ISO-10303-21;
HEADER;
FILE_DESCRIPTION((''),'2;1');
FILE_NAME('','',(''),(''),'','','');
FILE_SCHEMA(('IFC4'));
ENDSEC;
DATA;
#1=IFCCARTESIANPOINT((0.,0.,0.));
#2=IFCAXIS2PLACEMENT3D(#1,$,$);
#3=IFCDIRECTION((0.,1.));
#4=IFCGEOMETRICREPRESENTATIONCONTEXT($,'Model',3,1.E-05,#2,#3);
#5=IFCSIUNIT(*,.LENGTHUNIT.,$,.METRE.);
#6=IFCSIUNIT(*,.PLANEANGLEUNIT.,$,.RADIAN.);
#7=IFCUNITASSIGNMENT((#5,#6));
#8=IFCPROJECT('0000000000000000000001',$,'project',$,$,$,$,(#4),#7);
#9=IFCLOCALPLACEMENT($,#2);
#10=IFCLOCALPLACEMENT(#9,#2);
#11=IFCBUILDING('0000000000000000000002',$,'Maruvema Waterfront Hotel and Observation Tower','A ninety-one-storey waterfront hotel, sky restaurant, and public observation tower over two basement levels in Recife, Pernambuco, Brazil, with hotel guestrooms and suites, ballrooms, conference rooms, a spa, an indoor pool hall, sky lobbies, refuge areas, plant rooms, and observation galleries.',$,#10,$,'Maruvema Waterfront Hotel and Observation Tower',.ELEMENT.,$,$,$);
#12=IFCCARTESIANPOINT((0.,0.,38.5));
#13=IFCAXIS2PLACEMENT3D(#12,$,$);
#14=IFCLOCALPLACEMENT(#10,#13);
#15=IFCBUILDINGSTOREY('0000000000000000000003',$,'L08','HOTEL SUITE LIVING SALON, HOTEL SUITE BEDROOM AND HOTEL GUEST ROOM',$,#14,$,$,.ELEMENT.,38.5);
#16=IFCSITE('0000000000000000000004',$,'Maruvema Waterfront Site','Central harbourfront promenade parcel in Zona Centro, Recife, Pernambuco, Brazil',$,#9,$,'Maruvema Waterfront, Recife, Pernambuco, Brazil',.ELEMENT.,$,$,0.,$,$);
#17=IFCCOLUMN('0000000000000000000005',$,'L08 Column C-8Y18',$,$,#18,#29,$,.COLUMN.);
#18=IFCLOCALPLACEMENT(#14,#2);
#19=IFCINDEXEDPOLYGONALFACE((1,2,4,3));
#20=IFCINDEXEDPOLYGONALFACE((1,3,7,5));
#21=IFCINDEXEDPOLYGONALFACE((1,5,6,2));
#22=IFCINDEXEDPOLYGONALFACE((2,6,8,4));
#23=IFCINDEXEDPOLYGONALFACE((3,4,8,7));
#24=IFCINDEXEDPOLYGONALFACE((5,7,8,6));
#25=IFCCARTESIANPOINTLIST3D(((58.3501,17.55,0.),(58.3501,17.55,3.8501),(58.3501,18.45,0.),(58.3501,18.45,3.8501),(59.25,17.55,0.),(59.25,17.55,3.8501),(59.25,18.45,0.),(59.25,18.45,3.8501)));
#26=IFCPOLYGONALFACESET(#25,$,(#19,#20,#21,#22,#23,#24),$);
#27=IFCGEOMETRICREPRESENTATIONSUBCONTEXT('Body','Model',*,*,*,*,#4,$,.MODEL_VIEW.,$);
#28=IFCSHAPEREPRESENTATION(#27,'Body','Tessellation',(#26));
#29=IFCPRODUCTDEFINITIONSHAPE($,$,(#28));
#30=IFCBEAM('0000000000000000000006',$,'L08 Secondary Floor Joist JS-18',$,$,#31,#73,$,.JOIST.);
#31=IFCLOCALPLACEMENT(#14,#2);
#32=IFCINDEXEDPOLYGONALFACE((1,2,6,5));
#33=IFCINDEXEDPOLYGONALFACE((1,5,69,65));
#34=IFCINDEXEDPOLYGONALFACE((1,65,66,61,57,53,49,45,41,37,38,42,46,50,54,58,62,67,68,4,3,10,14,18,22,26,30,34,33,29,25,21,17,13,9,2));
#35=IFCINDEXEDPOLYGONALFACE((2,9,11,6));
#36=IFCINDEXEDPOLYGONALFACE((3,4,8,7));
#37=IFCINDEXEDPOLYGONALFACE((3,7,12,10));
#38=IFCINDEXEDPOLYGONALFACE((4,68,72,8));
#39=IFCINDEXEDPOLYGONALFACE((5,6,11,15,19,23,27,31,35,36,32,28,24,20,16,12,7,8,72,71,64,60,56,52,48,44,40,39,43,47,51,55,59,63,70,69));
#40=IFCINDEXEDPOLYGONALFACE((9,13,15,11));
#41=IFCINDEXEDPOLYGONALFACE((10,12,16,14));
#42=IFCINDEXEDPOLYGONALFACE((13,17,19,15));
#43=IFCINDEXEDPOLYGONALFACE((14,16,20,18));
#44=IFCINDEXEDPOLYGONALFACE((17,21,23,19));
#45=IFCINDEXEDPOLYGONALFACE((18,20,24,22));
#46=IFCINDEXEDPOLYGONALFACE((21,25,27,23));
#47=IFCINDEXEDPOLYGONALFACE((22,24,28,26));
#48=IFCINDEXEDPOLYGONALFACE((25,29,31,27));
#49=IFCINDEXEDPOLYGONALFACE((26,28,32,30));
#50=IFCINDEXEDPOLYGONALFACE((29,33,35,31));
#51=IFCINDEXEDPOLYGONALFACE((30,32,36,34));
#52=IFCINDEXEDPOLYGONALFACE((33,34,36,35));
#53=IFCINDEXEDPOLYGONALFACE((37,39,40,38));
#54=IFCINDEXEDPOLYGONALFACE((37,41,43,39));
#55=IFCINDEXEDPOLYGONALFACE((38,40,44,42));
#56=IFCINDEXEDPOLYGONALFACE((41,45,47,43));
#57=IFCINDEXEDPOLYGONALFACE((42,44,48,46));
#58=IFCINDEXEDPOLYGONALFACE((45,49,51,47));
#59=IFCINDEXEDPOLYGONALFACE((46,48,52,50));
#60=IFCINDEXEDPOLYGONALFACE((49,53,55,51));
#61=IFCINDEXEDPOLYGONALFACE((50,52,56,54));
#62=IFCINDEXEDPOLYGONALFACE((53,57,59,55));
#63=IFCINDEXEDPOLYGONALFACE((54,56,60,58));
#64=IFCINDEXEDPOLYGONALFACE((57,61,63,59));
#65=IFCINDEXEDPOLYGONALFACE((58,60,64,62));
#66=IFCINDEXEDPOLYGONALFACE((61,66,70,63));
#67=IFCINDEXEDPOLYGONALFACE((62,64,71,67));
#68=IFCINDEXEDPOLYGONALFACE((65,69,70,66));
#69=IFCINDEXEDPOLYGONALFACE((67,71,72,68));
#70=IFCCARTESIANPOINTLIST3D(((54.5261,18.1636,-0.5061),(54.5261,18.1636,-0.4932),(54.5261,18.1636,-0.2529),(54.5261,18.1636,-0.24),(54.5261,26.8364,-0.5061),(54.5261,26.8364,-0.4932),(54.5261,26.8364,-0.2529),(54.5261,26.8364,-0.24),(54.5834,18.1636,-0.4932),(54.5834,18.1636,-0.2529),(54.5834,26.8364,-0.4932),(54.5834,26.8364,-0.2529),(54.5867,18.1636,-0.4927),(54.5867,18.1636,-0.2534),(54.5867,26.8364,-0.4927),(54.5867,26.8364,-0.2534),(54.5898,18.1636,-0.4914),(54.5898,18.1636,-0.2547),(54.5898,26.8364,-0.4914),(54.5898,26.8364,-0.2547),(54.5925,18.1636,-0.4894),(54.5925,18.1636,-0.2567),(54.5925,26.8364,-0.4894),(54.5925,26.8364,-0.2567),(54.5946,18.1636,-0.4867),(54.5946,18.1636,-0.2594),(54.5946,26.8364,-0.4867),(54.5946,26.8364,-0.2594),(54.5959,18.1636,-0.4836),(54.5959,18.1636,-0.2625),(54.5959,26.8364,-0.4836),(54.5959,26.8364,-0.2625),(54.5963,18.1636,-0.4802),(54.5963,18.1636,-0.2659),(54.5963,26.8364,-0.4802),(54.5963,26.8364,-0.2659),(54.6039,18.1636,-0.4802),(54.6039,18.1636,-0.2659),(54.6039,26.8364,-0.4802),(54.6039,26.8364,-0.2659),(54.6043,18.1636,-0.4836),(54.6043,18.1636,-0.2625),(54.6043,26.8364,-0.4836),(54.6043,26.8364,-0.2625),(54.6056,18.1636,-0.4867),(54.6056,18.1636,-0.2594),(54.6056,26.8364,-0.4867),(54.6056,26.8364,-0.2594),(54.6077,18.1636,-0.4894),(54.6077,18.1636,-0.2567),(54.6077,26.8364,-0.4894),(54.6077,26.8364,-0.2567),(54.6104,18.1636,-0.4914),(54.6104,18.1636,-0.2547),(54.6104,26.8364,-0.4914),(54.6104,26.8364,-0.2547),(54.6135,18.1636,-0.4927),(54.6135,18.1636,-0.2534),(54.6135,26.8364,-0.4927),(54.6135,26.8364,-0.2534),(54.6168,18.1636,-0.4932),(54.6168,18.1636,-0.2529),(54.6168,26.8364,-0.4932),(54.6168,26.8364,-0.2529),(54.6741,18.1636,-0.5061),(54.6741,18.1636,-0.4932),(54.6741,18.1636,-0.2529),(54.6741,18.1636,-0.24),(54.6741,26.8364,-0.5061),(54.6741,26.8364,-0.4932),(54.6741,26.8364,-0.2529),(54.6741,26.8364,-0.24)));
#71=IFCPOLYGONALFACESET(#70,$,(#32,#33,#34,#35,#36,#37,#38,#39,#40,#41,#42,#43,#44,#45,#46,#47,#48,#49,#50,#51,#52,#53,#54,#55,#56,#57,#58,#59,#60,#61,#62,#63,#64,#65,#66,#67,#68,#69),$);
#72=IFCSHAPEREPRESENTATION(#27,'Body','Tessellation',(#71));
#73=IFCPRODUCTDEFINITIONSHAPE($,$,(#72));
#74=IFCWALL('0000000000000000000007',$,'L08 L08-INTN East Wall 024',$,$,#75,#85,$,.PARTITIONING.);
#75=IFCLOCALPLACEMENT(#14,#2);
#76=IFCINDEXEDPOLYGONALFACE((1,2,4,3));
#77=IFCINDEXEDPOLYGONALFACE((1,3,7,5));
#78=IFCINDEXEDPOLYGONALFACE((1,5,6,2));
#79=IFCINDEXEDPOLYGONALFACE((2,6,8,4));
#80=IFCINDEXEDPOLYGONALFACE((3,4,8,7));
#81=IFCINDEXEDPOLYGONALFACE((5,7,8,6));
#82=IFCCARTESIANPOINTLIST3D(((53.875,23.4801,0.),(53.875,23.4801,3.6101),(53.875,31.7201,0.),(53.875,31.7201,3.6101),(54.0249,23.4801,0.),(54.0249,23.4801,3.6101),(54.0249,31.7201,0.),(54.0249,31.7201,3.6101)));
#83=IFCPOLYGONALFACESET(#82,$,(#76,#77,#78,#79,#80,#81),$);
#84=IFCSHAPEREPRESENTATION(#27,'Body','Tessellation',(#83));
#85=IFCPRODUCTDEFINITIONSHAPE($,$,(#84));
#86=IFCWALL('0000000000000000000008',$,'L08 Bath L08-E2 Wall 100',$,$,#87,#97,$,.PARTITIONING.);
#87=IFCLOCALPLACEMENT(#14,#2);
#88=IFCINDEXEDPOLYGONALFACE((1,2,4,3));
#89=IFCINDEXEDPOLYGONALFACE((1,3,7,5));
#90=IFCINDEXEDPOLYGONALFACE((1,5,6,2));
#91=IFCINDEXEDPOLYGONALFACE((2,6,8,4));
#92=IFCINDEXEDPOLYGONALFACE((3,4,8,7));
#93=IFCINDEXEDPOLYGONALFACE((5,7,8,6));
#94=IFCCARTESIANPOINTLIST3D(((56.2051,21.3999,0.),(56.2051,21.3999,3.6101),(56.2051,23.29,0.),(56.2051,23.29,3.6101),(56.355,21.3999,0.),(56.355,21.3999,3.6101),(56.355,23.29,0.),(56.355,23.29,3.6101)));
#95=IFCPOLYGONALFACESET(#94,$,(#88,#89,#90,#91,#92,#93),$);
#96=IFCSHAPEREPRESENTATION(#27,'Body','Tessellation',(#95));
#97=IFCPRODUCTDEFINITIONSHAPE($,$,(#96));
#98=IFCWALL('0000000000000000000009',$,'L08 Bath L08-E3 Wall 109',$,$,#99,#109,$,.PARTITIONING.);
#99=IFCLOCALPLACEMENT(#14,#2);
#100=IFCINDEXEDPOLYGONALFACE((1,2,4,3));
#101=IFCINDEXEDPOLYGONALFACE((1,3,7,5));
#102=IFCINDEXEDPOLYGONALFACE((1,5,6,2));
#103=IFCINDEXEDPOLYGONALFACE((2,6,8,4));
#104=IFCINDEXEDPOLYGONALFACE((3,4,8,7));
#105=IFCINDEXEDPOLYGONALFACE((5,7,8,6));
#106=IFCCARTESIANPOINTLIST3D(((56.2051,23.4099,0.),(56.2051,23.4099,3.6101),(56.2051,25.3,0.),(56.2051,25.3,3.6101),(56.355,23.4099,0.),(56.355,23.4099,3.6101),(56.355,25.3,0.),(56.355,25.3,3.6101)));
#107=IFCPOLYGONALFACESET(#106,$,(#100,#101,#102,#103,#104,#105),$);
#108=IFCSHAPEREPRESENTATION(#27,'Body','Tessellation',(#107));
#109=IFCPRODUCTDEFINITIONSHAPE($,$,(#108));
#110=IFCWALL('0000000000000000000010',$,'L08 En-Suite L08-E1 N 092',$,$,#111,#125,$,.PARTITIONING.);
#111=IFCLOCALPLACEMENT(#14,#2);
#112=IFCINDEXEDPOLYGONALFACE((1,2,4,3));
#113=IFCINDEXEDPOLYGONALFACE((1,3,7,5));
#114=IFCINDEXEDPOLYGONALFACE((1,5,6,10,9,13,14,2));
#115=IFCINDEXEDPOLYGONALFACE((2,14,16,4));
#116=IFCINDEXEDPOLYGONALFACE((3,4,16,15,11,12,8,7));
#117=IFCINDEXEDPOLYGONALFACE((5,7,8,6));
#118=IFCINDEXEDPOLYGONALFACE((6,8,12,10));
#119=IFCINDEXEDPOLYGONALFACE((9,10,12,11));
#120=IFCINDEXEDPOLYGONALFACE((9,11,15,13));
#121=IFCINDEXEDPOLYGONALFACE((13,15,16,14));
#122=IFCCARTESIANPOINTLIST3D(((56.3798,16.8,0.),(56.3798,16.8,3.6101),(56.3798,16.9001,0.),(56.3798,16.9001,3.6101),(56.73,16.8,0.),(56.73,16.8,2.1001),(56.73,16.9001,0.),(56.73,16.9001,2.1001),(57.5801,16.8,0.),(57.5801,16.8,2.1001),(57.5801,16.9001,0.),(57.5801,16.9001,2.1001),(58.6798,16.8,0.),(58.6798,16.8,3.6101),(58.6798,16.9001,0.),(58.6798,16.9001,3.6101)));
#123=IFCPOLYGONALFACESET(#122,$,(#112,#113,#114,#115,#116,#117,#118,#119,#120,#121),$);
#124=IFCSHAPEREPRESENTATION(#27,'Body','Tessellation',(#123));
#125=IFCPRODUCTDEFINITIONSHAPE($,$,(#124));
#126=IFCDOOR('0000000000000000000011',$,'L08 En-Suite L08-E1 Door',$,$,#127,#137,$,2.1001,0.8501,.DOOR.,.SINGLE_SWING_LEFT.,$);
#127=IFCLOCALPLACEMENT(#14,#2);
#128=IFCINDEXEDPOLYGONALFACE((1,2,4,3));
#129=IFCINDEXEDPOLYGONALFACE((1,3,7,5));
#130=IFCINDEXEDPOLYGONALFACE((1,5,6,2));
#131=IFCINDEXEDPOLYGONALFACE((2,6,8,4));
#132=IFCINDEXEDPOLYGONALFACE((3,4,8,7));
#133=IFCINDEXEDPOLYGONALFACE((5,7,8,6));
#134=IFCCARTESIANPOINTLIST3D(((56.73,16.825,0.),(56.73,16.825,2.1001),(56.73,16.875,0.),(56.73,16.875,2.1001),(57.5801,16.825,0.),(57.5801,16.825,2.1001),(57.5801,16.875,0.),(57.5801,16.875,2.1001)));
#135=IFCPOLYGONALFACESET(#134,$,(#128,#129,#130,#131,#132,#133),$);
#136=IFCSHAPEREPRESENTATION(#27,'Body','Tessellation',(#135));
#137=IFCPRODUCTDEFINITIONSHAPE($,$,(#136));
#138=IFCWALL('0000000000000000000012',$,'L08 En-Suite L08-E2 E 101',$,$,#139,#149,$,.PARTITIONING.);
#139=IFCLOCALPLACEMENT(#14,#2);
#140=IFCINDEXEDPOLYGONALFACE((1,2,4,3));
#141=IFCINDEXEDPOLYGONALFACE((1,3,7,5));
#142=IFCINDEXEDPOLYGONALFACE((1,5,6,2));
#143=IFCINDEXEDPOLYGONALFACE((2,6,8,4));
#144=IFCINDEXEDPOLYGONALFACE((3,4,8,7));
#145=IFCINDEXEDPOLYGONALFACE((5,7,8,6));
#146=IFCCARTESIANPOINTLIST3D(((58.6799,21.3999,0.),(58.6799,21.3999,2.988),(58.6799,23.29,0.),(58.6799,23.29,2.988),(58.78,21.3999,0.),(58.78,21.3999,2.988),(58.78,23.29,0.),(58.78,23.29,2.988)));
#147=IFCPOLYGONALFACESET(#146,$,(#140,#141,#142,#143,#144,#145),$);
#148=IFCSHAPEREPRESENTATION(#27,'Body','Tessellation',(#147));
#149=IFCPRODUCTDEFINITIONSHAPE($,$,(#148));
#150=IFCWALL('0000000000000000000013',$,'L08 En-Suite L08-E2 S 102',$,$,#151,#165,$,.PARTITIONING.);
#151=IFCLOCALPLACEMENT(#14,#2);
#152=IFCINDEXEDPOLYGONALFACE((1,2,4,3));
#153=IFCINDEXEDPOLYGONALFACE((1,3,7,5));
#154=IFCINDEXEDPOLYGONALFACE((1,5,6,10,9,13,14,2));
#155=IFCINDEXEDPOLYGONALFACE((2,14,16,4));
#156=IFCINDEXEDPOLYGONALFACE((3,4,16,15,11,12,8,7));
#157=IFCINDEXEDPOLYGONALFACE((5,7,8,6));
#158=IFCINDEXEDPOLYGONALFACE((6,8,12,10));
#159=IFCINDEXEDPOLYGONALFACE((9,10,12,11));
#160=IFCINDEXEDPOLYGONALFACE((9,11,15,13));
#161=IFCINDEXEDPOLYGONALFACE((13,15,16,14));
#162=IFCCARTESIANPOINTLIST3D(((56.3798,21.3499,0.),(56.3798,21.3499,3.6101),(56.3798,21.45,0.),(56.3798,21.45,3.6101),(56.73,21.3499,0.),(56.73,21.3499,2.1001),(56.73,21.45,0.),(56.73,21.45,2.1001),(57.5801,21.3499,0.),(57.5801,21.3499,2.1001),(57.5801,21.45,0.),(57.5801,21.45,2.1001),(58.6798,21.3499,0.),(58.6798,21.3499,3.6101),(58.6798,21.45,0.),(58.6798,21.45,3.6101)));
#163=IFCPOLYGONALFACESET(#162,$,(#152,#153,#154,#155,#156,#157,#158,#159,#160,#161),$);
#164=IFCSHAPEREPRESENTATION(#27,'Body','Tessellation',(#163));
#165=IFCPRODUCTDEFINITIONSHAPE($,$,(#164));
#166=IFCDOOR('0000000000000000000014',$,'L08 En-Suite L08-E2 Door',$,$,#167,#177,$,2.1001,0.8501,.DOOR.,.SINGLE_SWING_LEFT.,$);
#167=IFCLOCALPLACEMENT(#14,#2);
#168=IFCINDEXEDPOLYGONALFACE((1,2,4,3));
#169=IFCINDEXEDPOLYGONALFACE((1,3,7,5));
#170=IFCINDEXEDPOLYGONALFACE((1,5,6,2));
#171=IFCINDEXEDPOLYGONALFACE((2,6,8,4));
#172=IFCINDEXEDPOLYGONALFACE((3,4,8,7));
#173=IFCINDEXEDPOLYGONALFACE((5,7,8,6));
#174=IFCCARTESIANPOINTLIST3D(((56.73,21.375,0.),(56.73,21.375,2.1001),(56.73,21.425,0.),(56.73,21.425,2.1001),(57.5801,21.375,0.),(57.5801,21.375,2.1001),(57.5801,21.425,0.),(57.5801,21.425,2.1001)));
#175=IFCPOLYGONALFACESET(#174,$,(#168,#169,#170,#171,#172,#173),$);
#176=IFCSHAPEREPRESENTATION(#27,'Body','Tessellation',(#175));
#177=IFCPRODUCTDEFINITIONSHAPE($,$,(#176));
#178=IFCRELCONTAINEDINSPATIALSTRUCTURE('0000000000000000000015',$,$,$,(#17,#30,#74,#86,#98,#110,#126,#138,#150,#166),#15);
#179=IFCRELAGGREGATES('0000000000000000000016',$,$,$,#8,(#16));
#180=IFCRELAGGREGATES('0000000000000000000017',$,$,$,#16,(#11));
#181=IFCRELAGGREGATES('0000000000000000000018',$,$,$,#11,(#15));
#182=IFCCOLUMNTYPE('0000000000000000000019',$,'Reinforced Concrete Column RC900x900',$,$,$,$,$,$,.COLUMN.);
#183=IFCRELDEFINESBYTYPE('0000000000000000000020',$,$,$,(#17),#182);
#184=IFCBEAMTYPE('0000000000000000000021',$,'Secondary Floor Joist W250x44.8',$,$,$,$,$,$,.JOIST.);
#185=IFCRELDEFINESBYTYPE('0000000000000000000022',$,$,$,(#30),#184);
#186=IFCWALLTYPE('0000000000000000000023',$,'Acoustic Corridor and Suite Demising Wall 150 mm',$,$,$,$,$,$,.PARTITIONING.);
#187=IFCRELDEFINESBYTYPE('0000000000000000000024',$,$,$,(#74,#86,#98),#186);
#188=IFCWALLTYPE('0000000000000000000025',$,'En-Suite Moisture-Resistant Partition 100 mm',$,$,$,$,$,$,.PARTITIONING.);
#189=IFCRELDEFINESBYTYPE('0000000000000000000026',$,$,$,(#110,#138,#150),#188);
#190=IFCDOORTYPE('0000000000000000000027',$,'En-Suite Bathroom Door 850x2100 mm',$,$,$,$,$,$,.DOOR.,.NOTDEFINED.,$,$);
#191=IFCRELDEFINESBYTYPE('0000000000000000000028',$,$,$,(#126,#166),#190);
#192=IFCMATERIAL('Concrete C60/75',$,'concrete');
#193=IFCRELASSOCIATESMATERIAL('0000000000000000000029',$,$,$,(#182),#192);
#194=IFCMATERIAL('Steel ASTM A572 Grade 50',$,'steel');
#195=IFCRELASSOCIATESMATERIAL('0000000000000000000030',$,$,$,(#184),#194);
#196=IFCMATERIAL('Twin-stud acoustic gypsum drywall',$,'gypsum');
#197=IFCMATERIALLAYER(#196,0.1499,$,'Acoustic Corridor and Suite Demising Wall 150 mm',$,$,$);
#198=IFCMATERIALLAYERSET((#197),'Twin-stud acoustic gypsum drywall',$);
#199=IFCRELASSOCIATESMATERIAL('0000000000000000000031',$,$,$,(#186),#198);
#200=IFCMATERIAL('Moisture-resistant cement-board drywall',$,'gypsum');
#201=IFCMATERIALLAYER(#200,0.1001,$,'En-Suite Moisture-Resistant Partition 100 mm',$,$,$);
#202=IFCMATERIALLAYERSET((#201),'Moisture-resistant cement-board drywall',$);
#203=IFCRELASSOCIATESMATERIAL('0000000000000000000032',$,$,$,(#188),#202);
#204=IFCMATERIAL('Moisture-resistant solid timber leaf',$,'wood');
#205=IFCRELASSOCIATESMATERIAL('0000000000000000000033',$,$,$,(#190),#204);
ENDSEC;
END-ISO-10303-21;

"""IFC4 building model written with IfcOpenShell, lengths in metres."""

from ifc_helpers import new_model, si_unit, direction, frame, frame_2d, origin, origin_2d, place, context, subcontext, project, spatial, rectangle, i_section, extrude, material, layer, layer_set, material_profile, profile_set, type_object, element, fill, save


model = new_model("IFC4")

# Units and contexts
model_context = context("Model", 3, precision=1e-05, world=origin(), true_north=direction((0.0, 1.0)))
body_context = subcontext(model_context, "Body", "Model", "MODEL_VIEW")
ifc_project = project(units=[si_unit("LENGTHUNIT", "METRE"), si_unit("PLANEANGLEUNIT", "RADIAN")], contexts=[model_context])

# Site, building, storey
site_placement = place(None, origin())
site = spatial("IfcSite", under=ifc_project, at=site_placement, Name="Maruvema Waterfront Site", Description="Central harbourfront promenade parcel in Zona Centro, Recife, Pernambuco, Brazil", LongName="Maruvema Waterfront, Recife, Pernambuco, Brazil", CompositionType="ELEMENT", RefElevation=0.0)
building_placement = place(site_placement, origin())
building = spatial("IfcBuilding", under=site, at=building_placement, Name="Maruvema Waterfront Hotel and Observation Tower", Description="A ninety-one-storey waterfront hotel, sky restaurant, and public observation tower over two basement levels in Recife, Pernambuco, Brazil, with hotel guestrooms and suites, ballrooms, conference rooms, a spa, an indoor pool hall, sky lobbies, refuge areas, plant rooms, and observation galleries.", LongName="Maruvema Waterfront Hotel and Observation Tower", CompositionType="ELEMENT")
storey_placement = place(building_placement, frame((0.0, 0.0, 38.5)))
storey = spatial("IfcBuildingStorey", under=building, at=storey_placement, Name="L08", Description="HOTEL SUITE LIVING SALON, HOTEL SUITE BEDROOM AND HOTEL GUEST ROOM", CompositionType="ELEMENT", Elevation=38.5)

# Column
ifc_material_1 = material(Name="Concrete C60/75", Category="concrete")
ifc_material_profile_1 = material_profile(ifc_material_1, rectangle(XDim=0.8999, YDim=0.8999, at=origin_2d()), Name="RC900x900")
ifc_profile_set_1 = profile_set([ifc_material_profile_1], Name="Concrete C60/75")
column_type = type_object("IfcColumnType", Name="Reinforced Concrete Column RC900x900", PredefinedType="COLUMN", material=ifc_profile_set_1)
column_placement = place(storey_placement, frame((58.8, 18.0, 0.0), z_axis=(0.0, 0.0, 1.0), x_axis=(1.0, 0.0, 0.0)))
element("IfcColumn", 1, at=column_placement, inside=storey, type_object=column_type, Name="L08 Column C-8Y18", PredefinedType="COLUMN", context=body_context, shape_type="SweptSolid", body=[
    extrude(rectangle(XDim=0.8999, YDim=0.8999, at=origin_2d()), origin(), (0.0, 0.0, 1.0), 3.8501),
])

# Beam
ifc_material_2 = material(Name="Steel ASTM A572 Grade 50", Category="steel")
ifc_material_profile_2 = material_profile(ifc_material_2, i_section(OverallWidth=0.1479, OverallDepth=0.2661, WebThickness=0.0076, FlangeThickness=0.0129, FilletRadius=0.0129, at=origin_2d()), Name="W250x44.8")
ifc_profile_set_2 = profile_set([ifc_material_profile_2], Name="Steel ASTM A572 Grade 50")
beam_type = type_object("IfcBeamType", Name="Secondary Floor Joist W250x44.8", PredefinedType="JOIST", material=ifc_profile_set_2)
beam_placement = place(storey_placement, frame((54.6001, 18.1636, -0.373), z_axis=(0.0, 1.0, 0.0), x_axis=(-1.0, 0.0, 0.0)))
element("IfcBeam", 2, at=beam_placement, inside=storey, type_object=beam_type, Name="L08 Secondary Floor Joist JS-18", PredefinedType="JOIST", context=body_context, shape_type="SweptSolid", body=[
    extrude(i_section(OverallWidth=0.1479, OverallDepth=0.2661, WebThickness=0.0076, FlangeThickness=0.0129, FilletRadius=0.0129, at=origin_2d()), origin(), (0.0, 0.0, 1.0), 8.6729),
])

# Wall
ifc_material_3 = material(Name="Twin-stud acoustic gypsum drywall", Category="gypsum")
ifc_layer_1 = layer(ifc_material_3, 0.1499, Name="Acoustic Corridor and Suite Demising Wall 150 mm")
ifc_layer_set_1 = layer_set([ifc_layer_1], Name="Twin-stud acoustic gypsum drywall")
wall_type_1 = type_object("IfcWallType", Name="Acoustic Corridor and Suite Demising Wall 150 mm", PredefinedType="PARTITIONING", material=ifc_layer_set_1)
wall_1_placement = place(storey_placement, frame((53.95, 23.48, 0.0), z_axis=(0.0, 0.0, 1.0), x_axis=(0.0, 1.0, 0.0)))
element("IfcWall", 3, at=wall_1_placement, inside=storey, type_object=wall_type_1, Name="L08 L08-INTN East Wall 024", PredefinedType="PARTITIONING", context=body_context, shape_type="SweptSolid", body=[
    extrude(rectangle(XDim=8.24, YDim=0.1499, at=frame_2d((4.1201, 0.0))), origin(), (0.0, 0.0, 1.0), 3.6101),
])

# Walls
for number, where, z_axis, x_axis, name in (
    (4, (56.28, 21.3999, 0.0), (0.0, 0.0, 1.0), (0.0, 1.0, 0.0), "L08 Bath L08-E2 Wall 100"),
    (5, (56.28, 23.4099, 0.0), (0.0, 0.0, 1.0), (0.0, 1.0, 0.0), "L08 Bath L08-E3 Wall 109"),
):
    element("IfcWall", number, at=place(storey_placement, frame(where, z_axis=z_axis, x_axis=x_axis)), inside=storey, type_object=wall_type_1, Name=name, PredefinedType="PARTITIONING", context=body_context, shape_type="SweptSolid", body=[
        extrude(rectangle(XDim=1.8901, YDim=0.1499, at=frame_2d((0.9451, 0.0))), origin(), (0.0, 0.0, 1.0), 3.6101),
    ])

# Wall, opening, door
ifc_material_4 = material(Name="Moisture-resistant cement-board drywall", Category="gypsum")
ifc_layer_2 = layer(ifc_material_4, 0.1001, Name="En-Suite Moisture-Resistant Partition 100 mm")
ifc_layer_set_2 = layer_set([ifc_layer_2], Name="Moisture-resistant cement-board drywall")
wall_type_2 = type_object("IfcWallType", Name="En-Suite Moisture-Resistant Partition 100 mm", PredefinedType="PARTITIONING", material=ifc_layer_set_2)
wall_2_placement = place(storey_placement, frame((56.3799, 16.8501, 0.0), z_axis=(0.0, 0.0, 1.0), x_axis=(1.0, 0.0, 0.0)))
wall_2 = element("IfcWall", 6, at=wall_2_placement, inside=storey, type_object=wall_type_2, Name="L08 En-Suite L08-E1 N 092", PredefinedType="PARTITIONING", context=body_context, shape_type="SweptSolid", body=[
    extrude(rectangle(XDim=2.3, YDim=0.1001, at=frame_2d((1.1499, 0.0))), origin(), (0.0, 0.0, 1.0), 3.6101),
])
opening_1_placement = place(wall_2_placement, frame((0.3501, 0.0, 0.0)))
opening_1 = element("IfcOpeningElement", 7, at=opening_1_placement, cuts=wall_2, PredefinedType="OPENING", context=body_context, shape_type="SweptSolid", body=[
    extrude(rectangle(XDim=0.8501, YDim=2.1001, at=frame_2d((0.425, 1.05))), frame((0.0, 0.0601, 0.0), z_axis=(0.0, -1.0, 0.0), x_axis=(1.0, 0.0, 0.0)), (0.0, 0.0, 1.0), 0.1201),
])
ifc_material_5 = material(Name="Moisture-resistant solid timber leaf", Category="wood")
door_type_1 = type_object("IfcDoorType", Name="En-Suite Bathroom Door 850x2100 mm", OperationType="NOTDEFINED", PredefinedType="DOOR", material=ifc_material_5)
door_1_placement = place(opening_1_placement, origin())
door_1 = element("IfcDoor", 8, at=door_1_placement, inside=storey, type_object=door_type_1, Name="L08 En-Suite L08-E1 Door", OperationType="SINGLE_SWING_LEFT", OverallHeight=2.1001, OverallWidth=0.8501, PredefinedType="DOOR", context=body_context, shape_type="SweptSolid", body=[
    extrude(rectangle(XDim=0.8501, YDim=2.1001, at=frame_2d((0.425, 1.05))), frame((0.0, 0.0249, 0.0), z_axis=(0.0, -1.0, 0.0), x_axis=(1.0, 0.0, 0.0)), (0.0, 0.0, 1.0), 0.05),
])
fill(opening_1, door_1)

# Wall
wall_3_placement = place(storey_placement, frame((58.73, 21.3999, 0.0), z_axis=(0.0, 0.0, 1.0), x_axis=(0.0, 1.0, 0.0)))
element("IfcWall", 9, at=wall_3_placement, inside=storey, type_object=wall_type_2, Name="L08 En-Suite L08-E2 E 101", PredefinedType="PARTITIONING", context=body_context, shape_type="SweptSolid", body=[
    extrude(rectangle(XDim=1.8901, YDim=0.1001, at=frame_2d((0.9451, 0.0))), origin(), (0.0, 0.0, 1.0), 2.988),
])

# Wall, opening, door
wall_4_placement = place(storey_placement, frame((56.3799, 21.3999, 0.0), z_axis=(0.0, 0.0, 1.0), x_axis=(1.0, 0.0, 0.0)))
wall_4 = element("IfcWall", 10, at=wall_4_placement, inside=storey, type_object=wall_type_2, Name="L08 En-Suite L08-E2 S 102", PredefinedType="PARTITIONING", context=body_context, shape_type="SweptSolid", body=[
    extrude(rectangle(XDim=2.3, YDim=0.1001, at=frame_2d((1.1499, 0.0))), origin(), (0.0, 0.0, 1.0), 3.6101),
])
opening_2_placement = place(wall_4_placement, frame((0.3501, 0.0, 0.0)))
opening_2 = element("IfcOpeningElement", 11, at=opening_2_placement, cuts=wall_4, PredefinedType="OPENING", context=body_context, shape_type="SweptSolid", body=[
    extrude(rectangle(XDim=0.8501, YDim=2.1001, at=frame_2d((0.425, 1.05))), frame((0.0, 0.0601, 0.0), z_axis=(0.0, -1.0, 0.0), x_axis=(1.0, 0.0, 0.0)), (0.0, 0.0, 1.0), 0.1201),
])
door_2_placement = place(opening_2_placement, frame((0.8501, 0.0, 0.0), z_axis=(0.0, 0.0, 1.0), x_axis=(-1.0, 0.0, 0.0)))
door_2 = element("IfcDoor", 12, at=door_2_placement, inside=storey, type_object=door_type_1, Name="L08 En-Suite L08-E2 Door", OperationType="SINGLE_SWING_LEFT", OverallHeight=2.1001, OverallWidth=0.8501, PredefinedType="DOOR", context=body_context, shape_type="SweptSolid", body=[
    extrude(rectangle(XDim=0.8501, YDim=2.1001, at=frame_2d((0.425, 1.05))), frame((0.0, 0.0249, 0.0), z_axis=(0.0, -1.0, 0.0), x_axis=(1.0, 0.0, 0.0)), (0.0, 0.0, 1.0), 0.05),
])
fill(opening_2, door_2)

save(model, "model.ifc")
